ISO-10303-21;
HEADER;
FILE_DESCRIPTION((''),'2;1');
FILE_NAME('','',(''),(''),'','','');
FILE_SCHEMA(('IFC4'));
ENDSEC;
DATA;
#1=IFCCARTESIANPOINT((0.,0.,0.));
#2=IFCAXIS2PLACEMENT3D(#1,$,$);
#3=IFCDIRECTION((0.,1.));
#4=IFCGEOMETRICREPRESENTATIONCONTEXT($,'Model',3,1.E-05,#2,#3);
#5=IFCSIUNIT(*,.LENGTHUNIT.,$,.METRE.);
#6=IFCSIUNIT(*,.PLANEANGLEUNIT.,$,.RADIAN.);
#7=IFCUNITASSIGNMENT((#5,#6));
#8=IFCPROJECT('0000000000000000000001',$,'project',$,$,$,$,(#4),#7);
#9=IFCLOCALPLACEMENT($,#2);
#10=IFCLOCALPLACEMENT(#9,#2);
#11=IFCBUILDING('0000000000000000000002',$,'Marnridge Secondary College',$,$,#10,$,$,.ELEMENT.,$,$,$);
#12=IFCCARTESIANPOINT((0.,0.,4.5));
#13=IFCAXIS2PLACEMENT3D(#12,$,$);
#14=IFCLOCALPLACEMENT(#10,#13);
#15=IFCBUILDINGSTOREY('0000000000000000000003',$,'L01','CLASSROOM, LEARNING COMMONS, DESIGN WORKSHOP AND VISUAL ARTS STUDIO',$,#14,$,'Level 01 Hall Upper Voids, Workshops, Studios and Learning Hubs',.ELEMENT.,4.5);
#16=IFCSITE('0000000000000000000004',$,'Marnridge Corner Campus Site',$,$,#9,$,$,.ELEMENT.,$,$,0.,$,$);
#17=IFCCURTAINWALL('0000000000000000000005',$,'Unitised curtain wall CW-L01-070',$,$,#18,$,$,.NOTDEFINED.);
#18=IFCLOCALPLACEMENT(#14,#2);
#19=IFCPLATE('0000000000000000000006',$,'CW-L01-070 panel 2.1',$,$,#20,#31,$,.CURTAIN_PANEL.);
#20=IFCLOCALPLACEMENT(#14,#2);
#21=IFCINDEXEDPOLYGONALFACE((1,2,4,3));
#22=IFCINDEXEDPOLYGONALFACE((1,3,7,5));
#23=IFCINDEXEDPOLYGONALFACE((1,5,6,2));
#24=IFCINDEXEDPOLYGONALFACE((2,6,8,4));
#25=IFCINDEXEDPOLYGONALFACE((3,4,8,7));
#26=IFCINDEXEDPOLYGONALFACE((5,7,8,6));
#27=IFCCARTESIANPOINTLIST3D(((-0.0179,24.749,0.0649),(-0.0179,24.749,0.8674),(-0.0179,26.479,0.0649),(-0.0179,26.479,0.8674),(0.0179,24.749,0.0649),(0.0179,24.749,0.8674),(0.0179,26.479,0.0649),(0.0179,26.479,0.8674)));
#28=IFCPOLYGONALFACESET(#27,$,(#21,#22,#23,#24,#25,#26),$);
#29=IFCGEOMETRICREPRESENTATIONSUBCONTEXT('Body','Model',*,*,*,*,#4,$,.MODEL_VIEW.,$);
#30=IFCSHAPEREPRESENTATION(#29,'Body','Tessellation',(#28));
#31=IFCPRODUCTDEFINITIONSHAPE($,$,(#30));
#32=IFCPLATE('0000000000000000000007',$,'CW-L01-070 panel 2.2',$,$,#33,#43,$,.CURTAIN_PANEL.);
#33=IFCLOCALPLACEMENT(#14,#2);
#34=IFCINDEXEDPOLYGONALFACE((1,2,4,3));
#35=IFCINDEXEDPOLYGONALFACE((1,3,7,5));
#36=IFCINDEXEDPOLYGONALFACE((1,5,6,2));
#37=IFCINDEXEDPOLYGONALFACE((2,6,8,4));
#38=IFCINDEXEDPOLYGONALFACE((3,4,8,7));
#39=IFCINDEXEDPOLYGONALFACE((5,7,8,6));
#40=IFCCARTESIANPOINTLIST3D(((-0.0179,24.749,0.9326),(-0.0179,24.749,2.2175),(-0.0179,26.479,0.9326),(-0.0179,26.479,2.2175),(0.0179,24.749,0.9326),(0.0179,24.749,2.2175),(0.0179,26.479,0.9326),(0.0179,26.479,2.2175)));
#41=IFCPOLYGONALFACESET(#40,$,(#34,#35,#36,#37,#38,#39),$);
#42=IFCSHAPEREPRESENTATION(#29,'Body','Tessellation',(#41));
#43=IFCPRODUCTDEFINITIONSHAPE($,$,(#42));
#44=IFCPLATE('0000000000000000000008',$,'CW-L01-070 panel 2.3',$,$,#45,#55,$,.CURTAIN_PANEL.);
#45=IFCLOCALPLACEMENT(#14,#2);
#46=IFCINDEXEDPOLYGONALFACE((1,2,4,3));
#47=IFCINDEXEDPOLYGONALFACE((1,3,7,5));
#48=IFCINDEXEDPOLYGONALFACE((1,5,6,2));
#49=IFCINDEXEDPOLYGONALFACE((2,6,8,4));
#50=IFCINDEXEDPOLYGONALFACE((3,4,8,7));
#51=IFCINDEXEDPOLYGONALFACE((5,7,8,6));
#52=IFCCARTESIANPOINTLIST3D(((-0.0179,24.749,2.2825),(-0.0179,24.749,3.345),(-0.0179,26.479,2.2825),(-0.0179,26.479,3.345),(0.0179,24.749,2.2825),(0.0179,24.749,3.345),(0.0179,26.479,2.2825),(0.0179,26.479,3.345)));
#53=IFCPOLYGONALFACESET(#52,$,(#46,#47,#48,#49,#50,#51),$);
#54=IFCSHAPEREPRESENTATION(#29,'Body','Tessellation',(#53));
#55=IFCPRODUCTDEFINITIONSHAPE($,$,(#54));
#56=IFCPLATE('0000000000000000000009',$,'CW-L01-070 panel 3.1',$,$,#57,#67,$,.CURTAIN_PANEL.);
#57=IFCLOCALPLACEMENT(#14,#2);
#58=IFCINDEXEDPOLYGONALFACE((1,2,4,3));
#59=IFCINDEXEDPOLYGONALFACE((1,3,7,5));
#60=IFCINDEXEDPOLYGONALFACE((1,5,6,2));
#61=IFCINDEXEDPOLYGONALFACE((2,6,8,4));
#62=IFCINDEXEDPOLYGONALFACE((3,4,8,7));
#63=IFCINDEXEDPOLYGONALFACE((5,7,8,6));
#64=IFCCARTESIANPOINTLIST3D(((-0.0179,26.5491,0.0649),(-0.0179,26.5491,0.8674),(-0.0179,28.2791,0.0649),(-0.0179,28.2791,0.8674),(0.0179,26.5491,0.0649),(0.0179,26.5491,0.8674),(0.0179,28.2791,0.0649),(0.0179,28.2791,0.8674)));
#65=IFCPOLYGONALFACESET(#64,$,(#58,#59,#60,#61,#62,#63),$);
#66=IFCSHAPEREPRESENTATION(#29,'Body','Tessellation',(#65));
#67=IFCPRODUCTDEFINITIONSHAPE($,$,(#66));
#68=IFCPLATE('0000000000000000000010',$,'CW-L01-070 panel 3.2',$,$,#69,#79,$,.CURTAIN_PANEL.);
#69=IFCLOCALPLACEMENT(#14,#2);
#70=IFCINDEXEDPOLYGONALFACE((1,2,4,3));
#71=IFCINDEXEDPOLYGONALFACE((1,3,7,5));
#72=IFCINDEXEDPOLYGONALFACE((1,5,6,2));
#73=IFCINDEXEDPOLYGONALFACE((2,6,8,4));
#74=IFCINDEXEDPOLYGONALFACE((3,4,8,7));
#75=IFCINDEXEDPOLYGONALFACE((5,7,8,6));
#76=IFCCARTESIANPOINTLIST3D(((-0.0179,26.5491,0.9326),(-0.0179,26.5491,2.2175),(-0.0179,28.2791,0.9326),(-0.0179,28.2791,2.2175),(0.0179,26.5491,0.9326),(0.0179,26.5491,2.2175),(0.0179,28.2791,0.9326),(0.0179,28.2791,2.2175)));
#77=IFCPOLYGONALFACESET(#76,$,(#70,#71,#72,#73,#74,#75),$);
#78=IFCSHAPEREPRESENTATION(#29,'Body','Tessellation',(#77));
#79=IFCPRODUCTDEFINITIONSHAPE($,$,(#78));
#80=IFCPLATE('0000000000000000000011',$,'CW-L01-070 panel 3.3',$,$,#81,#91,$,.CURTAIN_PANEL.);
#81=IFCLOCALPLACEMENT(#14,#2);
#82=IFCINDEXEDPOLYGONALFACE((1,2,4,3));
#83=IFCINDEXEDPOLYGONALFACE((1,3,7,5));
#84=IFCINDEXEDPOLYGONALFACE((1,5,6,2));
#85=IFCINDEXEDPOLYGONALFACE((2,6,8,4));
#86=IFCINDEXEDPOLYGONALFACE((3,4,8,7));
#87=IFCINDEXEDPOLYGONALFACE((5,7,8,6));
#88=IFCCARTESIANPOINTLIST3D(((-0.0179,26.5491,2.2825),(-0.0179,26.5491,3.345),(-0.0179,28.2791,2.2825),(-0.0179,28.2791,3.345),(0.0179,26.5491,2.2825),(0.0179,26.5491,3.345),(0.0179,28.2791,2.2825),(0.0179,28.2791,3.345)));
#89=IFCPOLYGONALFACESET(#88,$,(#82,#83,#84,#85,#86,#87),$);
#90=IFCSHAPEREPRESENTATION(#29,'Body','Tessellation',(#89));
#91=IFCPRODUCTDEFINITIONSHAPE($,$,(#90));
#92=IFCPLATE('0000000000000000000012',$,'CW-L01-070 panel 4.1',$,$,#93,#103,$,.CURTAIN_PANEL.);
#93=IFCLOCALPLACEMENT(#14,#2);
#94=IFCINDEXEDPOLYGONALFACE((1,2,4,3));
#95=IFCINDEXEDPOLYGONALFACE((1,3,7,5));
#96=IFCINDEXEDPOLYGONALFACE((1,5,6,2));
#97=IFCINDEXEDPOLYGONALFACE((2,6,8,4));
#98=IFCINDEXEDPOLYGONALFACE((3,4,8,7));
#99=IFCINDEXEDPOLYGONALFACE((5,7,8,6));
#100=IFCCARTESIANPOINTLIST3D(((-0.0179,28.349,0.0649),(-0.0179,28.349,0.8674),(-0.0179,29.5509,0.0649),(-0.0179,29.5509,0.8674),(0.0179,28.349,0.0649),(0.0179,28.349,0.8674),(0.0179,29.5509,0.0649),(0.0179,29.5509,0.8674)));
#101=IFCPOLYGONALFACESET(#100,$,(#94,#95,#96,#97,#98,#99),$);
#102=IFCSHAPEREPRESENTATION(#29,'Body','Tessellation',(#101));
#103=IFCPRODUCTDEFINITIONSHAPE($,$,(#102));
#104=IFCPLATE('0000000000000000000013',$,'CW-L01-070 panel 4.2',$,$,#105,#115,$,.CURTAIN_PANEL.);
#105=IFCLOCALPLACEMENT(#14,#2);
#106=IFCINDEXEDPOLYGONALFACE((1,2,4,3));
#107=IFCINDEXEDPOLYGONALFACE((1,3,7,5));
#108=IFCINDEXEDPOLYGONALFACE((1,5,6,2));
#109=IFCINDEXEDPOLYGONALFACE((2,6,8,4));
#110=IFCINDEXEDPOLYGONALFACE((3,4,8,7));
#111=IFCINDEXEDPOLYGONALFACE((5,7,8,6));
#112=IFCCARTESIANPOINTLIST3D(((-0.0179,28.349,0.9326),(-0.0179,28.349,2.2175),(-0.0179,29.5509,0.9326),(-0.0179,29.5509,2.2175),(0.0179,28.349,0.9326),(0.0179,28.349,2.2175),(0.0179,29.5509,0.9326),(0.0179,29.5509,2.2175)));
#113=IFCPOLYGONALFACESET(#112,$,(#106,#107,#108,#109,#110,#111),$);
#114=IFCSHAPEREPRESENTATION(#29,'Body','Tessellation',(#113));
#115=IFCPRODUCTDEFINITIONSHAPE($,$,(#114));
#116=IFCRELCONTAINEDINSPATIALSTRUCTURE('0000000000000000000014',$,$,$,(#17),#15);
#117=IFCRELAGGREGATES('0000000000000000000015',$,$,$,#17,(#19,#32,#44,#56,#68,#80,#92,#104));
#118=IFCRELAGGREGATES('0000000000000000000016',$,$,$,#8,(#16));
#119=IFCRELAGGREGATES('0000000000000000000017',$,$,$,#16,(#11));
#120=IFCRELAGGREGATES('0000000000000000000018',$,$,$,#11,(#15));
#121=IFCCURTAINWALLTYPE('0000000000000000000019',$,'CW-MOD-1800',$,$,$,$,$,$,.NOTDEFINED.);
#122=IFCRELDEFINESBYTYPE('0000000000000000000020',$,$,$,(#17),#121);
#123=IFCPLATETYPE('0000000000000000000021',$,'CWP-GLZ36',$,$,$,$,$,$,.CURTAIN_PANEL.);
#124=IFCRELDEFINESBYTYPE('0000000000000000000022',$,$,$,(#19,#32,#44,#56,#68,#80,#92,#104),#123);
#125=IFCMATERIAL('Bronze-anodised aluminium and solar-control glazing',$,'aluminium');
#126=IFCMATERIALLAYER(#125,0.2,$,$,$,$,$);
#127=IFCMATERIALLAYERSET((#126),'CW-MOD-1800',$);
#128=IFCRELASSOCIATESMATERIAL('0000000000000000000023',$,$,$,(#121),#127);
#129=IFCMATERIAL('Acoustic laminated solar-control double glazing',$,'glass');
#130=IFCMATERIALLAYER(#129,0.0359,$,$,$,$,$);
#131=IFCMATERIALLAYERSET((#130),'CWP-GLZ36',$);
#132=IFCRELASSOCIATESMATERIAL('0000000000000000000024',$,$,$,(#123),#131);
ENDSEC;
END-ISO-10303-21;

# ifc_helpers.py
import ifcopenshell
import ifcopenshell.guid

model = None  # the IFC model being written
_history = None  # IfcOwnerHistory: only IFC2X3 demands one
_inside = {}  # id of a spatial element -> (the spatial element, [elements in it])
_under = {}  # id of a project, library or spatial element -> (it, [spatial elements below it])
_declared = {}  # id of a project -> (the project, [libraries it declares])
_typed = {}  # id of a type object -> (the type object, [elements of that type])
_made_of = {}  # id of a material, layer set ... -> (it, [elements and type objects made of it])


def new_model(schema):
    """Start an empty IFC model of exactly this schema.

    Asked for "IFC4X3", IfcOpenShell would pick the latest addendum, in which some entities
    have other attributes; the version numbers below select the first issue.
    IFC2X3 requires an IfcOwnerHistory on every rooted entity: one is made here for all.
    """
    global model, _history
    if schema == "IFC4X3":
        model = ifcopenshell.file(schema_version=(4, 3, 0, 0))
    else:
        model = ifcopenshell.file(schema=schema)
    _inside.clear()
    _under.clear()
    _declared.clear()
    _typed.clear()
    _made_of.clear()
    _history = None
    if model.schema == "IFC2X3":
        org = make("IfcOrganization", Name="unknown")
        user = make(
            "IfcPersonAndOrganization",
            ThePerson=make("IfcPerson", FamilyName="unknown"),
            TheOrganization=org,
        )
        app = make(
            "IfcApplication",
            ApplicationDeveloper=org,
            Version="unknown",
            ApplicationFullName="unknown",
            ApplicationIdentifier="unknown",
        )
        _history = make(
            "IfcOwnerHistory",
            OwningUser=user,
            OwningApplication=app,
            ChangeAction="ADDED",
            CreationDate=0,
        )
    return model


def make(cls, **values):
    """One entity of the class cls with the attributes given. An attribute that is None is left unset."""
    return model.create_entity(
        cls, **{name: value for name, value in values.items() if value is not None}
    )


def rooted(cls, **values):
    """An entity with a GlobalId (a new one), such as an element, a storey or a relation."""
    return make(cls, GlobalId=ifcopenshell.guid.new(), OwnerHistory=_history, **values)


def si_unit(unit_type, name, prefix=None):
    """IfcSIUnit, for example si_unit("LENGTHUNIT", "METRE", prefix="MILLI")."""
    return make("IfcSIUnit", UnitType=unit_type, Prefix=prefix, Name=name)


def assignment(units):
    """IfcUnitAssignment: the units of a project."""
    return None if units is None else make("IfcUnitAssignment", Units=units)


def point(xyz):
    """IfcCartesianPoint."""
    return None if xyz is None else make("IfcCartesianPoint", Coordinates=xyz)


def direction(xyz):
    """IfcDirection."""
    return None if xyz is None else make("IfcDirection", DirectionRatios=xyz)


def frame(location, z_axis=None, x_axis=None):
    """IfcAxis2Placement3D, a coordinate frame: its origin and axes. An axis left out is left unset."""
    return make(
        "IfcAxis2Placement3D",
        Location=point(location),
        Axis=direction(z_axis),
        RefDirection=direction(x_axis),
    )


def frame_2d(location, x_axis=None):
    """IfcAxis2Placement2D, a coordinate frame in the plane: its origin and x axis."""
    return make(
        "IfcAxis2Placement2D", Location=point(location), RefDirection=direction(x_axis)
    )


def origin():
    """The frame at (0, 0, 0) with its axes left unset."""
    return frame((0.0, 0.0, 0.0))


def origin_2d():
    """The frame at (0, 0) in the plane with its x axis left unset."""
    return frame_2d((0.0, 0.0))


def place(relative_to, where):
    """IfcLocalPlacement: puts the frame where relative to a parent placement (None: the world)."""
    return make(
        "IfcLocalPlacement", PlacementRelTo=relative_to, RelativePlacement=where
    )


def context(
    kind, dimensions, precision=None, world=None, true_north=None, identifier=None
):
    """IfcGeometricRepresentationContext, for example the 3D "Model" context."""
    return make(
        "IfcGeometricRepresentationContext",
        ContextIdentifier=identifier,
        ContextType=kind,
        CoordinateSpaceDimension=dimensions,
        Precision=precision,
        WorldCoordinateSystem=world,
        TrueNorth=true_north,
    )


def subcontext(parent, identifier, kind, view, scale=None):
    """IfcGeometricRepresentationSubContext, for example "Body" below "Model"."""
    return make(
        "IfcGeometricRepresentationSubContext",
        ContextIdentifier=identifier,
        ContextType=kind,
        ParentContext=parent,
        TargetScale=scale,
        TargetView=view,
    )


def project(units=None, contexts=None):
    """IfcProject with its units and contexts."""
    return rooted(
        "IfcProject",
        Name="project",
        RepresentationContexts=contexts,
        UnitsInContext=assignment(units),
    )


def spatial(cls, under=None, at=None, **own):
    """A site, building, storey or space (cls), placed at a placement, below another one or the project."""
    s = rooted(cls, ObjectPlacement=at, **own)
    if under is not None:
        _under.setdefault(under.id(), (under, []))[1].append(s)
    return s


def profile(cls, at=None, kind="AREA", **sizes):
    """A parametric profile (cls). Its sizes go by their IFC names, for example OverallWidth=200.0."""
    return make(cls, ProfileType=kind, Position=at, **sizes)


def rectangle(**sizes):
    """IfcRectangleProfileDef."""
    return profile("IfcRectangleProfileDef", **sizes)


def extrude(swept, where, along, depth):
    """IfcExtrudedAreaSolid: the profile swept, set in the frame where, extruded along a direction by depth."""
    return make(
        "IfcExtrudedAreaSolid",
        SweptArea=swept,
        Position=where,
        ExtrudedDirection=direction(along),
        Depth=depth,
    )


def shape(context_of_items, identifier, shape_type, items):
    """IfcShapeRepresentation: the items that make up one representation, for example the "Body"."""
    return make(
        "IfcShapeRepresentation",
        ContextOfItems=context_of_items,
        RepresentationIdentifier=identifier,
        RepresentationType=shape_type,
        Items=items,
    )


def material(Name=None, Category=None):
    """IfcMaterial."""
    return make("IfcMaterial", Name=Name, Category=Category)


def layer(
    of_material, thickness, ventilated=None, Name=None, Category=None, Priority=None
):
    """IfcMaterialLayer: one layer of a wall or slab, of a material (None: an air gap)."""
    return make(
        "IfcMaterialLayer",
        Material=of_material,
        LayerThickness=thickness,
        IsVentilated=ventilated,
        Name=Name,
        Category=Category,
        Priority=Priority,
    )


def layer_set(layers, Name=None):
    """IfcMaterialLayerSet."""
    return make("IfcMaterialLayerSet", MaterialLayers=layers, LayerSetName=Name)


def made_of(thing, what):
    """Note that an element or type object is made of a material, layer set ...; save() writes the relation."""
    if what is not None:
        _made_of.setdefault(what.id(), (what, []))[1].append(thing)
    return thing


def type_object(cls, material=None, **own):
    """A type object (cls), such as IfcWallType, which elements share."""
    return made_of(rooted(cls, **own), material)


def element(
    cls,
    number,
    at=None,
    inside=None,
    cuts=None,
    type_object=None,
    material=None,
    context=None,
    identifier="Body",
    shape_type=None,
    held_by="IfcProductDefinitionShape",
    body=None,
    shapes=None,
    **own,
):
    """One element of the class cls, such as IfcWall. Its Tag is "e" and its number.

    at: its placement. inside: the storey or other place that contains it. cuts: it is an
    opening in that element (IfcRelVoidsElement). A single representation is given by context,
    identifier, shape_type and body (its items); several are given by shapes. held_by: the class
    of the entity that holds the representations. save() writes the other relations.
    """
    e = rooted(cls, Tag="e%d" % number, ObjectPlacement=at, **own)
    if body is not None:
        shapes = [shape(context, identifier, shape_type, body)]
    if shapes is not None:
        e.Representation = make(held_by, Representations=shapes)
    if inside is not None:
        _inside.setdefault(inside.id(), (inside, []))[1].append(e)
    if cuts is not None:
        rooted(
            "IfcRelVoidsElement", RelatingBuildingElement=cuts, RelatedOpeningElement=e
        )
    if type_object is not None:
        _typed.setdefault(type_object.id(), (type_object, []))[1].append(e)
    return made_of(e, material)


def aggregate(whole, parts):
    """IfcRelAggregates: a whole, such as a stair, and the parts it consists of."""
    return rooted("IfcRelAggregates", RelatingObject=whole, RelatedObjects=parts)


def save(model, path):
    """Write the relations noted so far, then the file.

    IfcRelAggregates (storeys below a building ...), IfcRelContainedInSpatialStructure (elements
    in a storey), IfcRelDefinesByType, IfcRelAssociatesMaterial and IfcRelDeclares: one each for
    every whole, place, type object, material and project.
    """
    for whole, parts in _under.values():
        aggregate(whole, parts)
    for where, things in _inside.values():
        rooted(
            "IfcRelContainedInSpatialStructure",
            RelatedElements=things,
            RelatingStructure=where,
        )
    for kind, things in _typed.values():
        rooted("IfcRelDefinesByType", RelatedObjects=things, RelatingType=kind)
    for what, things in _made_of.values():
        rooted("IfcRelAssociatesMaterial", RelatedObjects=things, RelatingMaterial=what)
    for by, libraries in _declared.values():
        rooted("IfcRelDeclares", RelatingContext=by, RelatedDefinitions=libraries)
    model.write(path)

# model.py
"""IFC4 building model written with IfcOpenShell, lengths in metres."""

from ifc_helpers import new_model, si_unit, direction, frame, origin, origin_2d, place, context, subcontext, project, spatial, rectangle, extrude, material, layer, layer_set, type_object, element, aggregate, save


model = new_model("IFC4")

# Units and contexts
model_context = context("Model", 3, precision=1e-05, world=origin(), true_north=direction((0.0, 1.0)))
body_context = subcontext(model_context, "Body", "Model", "MODEL_VIEW")
ifc_project = project(units=[si_unit("LENGTHUNIT", "METRE"), si_unit("PLANEANGLEUNIT", "RADIAN")], contexts=[model_context])

# Site, building, storey
site_placement = place(None, origin())
site = spatial("IfcSite", under=ifc_project, at=site_placement, Name="Marnridge Corner Campus Site", CompositionType="ELEMENT", RefElevation=0.0)
building_placement = place(site_placement, origin())
building = spatial("IfcBuilding", under=site, at=building_placement, Name="Marnridge Secondary College", CompositionType="ELEMENT")
storey_placement = place(building_placement, frame((0.0, 0.0, 4.5)))
storey = spatial("IfcBuildingStorey", under=building, at=storey_placement, Name="L01", Description="CLASSROOM, LEARNING COMMONS, DESIGN WORKSHOP AND VISUAL ARTS STUDIO", LongName="Level 01 Hall Upper Voids, Workshops, Studios and Learning Hubs", CompositionType="ELEMENT", Elevation=4.5)

# Curtain wall, plates
ifc_material_1 = material(Name="Bronze-anodised aluminium and solar-control glazing", Category="aluminium")
ifc_layer_1 = layer(ifc_material_1, 0.2)
ifc_layer_set_1 = layer_set([ifc_layer_1], Name="CW-MOD-1800")
curtain_wall_type = type_object("IfcCurtainWallType", Name="CW-MOD-1800", PredefinedType="NOTDEFINED", material=ifc_layer_set_1)
curtain_wall_placement = place(storey_placement, origin())
curtain_wall = element("IfcCurtainWall", 1, at=curtain_wall_placement, inside=storey, type_object=curtain_wall_type, Name="Unitised curtain wall CW-L01-070", PredefinedType="NOTDEFINED")
ifc_material_2 = material(Name="Acoustic laminated solar-control double glazing", Category="glass")
ifc_layer_2 = layer(ifc_material_2, 0.0359)
ifc_layer_set_2 = layer_set([ifc_layer_2], Name="CWP-GLZ36")
plate_type = type_object("IfcPlateType", Name="CWP-GLZ36", PredefinedType="CURTAIN_PANEL", material=ifc_layer_set_2)
plate_1_placement = place(storey_placement, frame((0.0, 25.614, 0.0649), z_axis=(0.0, 0.0, 1.0), x_axis=(0.0, 1.0, 0.0)))
plate_1 = element("IfcPlate", 2, at=plate_1_placement, type_object=plate_type, Name="CW-L01-070 panel 2.1", PredefinedType="CURTAIN_PANEL", context=body_context, shape_type="SweptSolid", body=[
    extrude(rectangle(XDim=1.73, YDim=0.0359, at=origin_2d()), origin(), (0.0, 0.0, 1.0), 0.8025),
])
plate_2_placement = place(storey_placement, frame((0.0, 25.614, 0.9326), z_axis=(0.0, 0.0, 1.0), x_axis=(0.0, 1.0, 0.0)))
plate_2 = element("IfcPlate", 3, at=plate_2_placement, type_object=plate_type, Name="CW-L01-070 panel 2.2", PredefinedType="CURTAIN_PANEL", context=body_context, shape_type="SweptSolid", body=[
    extrude(rectangle(XDim=1.73, YDim=0.0359, at=origin_2d()), origin(), (0.0, 0.0, 1.0), 1.2849),
])
plate_3_placement = place(storey_placement, frame((0.0, 25.614, 2.2825), z_axis=(0.0, 0.0, 1.0), x_axis=(0.0, 1.0, 0.0)))
plate_3 = element("IfcPlate", 4, at=plate_3_placement, type_object=plate_type, Name="CW-L01-070 panel 2.3", PredefinedType="CURTAIN_PANEL", context=body_context, shape_type="SweptSolid", body=[
    extrude(rectangle(XDim=1.73, YDim=0.0359, at=origin_2d()), origin(), (0.0, 0.0, 1.0), 1.0625),
])
plate_4_placement = place(storey_placement, frame((0.0, 27.4141, 0.0649), z_axis=(0.0, 0.0, 1.0), x_axis=(0.0, 1.0, 0.0)))
plate_4 = element("IfcPlate", 5, at=plate_4_placement, type_object=plate_type, Name="CW-L01-070 panel 3.1", PredefinedType="CURTAIN_PANEL", context=body_context, shape_type="SweptSolid", body=[
    extrude(rectangle(XDim=1.73, YDim=0.0359, at=origin_2d()), origin(), (0.0, 0.0, 1.0), 0.8025),
])
plate_5_placement = place(storey_placement, frame((0.0, 27.4141, 0.9326), z_axis=(0.0, 0.0, 1.0), x_axis=(0.0, 1.0, 0.0)))
plate_5 = element("IfcPlate", 6, at=plate_5_placement, type_object=plate_type, Name="CW-L01-070 panel 3.2", PredefinedType="CURTAIN_PANEL", context=body_context, shape_type="SweptSolid", body=[
    extrude(rectangle(XDim=1.73, YDim=0.0359, at=origin_2d()), origin(), (0.0, 0.0, 1.0), 1.2849),
])
plate_6_placement = place(storey_placement, frame((0.0, 27.4141, 2.2825), z_axis=(0.0, 0.0, 1.0), x_axis=(0.0, 1.0, 0.0)))
plate_6 = element("IfcPlate", 7, at=plate_6_placement, type_object=plate_type, Name="CW-L01-070 panel 3.3", PredefinedType="CURTAIN_PANEL", context=body_context, shape_type="SweptSolid", body=[
    extrude(rectangle(XDim=1.73, YDim=0.0359, at=origin_2d()), origin(), (0.0, 0.0, 1.0), 1.0625),
])
plate_7_placement = place(storey_placement, frame((0.0, 28.95, 0.0649), z_axis=(0.0, 0.0, 1.0), x_axis=(0.0, 1.0, 0.0)))
plate_7 = element("IfcPlate", 8, at=plate_7_placement, type_object=plate_type, Name="CW-L01-070 panel 4.1", PredefinedType="CURTAIN_PANEL", context=body_context, shape_type="SweptSolid", body=[
    extrude(rectangle(XDim=1.2019, YDim=0.0359, at=origin_2d()), origin(), (0.0, 0.0, 1.0), 0.8025),
])
plate_8_placement = place(storey_placement, frame((0.0, 28.95, 0.9326), z_axis=(0.0, 0.0, 1.0), x_axis=(0.0, 1.0, 0.0)))
plate_8 = element("IfcPlate", 9, at=plate_8_placement, type_object=plate_type, Name="CW-L01-070 panel 4.2", PredefinedType="CURTAIN_PANEL", context=body_context, shape_type="SweptSolid", body=[
    extrude(rectangle(XDim=1.2019, YDim=0.0359, at=origin_2d()), origin(), (0.0, 0.0, 1.0), 1.2849),
])
aggregate(curtain_wall, [plate_1, plate_2, plate_3, plate_4, plate_5, plate_6, plate_7, plate_8])

save(model, "model.ifc")
